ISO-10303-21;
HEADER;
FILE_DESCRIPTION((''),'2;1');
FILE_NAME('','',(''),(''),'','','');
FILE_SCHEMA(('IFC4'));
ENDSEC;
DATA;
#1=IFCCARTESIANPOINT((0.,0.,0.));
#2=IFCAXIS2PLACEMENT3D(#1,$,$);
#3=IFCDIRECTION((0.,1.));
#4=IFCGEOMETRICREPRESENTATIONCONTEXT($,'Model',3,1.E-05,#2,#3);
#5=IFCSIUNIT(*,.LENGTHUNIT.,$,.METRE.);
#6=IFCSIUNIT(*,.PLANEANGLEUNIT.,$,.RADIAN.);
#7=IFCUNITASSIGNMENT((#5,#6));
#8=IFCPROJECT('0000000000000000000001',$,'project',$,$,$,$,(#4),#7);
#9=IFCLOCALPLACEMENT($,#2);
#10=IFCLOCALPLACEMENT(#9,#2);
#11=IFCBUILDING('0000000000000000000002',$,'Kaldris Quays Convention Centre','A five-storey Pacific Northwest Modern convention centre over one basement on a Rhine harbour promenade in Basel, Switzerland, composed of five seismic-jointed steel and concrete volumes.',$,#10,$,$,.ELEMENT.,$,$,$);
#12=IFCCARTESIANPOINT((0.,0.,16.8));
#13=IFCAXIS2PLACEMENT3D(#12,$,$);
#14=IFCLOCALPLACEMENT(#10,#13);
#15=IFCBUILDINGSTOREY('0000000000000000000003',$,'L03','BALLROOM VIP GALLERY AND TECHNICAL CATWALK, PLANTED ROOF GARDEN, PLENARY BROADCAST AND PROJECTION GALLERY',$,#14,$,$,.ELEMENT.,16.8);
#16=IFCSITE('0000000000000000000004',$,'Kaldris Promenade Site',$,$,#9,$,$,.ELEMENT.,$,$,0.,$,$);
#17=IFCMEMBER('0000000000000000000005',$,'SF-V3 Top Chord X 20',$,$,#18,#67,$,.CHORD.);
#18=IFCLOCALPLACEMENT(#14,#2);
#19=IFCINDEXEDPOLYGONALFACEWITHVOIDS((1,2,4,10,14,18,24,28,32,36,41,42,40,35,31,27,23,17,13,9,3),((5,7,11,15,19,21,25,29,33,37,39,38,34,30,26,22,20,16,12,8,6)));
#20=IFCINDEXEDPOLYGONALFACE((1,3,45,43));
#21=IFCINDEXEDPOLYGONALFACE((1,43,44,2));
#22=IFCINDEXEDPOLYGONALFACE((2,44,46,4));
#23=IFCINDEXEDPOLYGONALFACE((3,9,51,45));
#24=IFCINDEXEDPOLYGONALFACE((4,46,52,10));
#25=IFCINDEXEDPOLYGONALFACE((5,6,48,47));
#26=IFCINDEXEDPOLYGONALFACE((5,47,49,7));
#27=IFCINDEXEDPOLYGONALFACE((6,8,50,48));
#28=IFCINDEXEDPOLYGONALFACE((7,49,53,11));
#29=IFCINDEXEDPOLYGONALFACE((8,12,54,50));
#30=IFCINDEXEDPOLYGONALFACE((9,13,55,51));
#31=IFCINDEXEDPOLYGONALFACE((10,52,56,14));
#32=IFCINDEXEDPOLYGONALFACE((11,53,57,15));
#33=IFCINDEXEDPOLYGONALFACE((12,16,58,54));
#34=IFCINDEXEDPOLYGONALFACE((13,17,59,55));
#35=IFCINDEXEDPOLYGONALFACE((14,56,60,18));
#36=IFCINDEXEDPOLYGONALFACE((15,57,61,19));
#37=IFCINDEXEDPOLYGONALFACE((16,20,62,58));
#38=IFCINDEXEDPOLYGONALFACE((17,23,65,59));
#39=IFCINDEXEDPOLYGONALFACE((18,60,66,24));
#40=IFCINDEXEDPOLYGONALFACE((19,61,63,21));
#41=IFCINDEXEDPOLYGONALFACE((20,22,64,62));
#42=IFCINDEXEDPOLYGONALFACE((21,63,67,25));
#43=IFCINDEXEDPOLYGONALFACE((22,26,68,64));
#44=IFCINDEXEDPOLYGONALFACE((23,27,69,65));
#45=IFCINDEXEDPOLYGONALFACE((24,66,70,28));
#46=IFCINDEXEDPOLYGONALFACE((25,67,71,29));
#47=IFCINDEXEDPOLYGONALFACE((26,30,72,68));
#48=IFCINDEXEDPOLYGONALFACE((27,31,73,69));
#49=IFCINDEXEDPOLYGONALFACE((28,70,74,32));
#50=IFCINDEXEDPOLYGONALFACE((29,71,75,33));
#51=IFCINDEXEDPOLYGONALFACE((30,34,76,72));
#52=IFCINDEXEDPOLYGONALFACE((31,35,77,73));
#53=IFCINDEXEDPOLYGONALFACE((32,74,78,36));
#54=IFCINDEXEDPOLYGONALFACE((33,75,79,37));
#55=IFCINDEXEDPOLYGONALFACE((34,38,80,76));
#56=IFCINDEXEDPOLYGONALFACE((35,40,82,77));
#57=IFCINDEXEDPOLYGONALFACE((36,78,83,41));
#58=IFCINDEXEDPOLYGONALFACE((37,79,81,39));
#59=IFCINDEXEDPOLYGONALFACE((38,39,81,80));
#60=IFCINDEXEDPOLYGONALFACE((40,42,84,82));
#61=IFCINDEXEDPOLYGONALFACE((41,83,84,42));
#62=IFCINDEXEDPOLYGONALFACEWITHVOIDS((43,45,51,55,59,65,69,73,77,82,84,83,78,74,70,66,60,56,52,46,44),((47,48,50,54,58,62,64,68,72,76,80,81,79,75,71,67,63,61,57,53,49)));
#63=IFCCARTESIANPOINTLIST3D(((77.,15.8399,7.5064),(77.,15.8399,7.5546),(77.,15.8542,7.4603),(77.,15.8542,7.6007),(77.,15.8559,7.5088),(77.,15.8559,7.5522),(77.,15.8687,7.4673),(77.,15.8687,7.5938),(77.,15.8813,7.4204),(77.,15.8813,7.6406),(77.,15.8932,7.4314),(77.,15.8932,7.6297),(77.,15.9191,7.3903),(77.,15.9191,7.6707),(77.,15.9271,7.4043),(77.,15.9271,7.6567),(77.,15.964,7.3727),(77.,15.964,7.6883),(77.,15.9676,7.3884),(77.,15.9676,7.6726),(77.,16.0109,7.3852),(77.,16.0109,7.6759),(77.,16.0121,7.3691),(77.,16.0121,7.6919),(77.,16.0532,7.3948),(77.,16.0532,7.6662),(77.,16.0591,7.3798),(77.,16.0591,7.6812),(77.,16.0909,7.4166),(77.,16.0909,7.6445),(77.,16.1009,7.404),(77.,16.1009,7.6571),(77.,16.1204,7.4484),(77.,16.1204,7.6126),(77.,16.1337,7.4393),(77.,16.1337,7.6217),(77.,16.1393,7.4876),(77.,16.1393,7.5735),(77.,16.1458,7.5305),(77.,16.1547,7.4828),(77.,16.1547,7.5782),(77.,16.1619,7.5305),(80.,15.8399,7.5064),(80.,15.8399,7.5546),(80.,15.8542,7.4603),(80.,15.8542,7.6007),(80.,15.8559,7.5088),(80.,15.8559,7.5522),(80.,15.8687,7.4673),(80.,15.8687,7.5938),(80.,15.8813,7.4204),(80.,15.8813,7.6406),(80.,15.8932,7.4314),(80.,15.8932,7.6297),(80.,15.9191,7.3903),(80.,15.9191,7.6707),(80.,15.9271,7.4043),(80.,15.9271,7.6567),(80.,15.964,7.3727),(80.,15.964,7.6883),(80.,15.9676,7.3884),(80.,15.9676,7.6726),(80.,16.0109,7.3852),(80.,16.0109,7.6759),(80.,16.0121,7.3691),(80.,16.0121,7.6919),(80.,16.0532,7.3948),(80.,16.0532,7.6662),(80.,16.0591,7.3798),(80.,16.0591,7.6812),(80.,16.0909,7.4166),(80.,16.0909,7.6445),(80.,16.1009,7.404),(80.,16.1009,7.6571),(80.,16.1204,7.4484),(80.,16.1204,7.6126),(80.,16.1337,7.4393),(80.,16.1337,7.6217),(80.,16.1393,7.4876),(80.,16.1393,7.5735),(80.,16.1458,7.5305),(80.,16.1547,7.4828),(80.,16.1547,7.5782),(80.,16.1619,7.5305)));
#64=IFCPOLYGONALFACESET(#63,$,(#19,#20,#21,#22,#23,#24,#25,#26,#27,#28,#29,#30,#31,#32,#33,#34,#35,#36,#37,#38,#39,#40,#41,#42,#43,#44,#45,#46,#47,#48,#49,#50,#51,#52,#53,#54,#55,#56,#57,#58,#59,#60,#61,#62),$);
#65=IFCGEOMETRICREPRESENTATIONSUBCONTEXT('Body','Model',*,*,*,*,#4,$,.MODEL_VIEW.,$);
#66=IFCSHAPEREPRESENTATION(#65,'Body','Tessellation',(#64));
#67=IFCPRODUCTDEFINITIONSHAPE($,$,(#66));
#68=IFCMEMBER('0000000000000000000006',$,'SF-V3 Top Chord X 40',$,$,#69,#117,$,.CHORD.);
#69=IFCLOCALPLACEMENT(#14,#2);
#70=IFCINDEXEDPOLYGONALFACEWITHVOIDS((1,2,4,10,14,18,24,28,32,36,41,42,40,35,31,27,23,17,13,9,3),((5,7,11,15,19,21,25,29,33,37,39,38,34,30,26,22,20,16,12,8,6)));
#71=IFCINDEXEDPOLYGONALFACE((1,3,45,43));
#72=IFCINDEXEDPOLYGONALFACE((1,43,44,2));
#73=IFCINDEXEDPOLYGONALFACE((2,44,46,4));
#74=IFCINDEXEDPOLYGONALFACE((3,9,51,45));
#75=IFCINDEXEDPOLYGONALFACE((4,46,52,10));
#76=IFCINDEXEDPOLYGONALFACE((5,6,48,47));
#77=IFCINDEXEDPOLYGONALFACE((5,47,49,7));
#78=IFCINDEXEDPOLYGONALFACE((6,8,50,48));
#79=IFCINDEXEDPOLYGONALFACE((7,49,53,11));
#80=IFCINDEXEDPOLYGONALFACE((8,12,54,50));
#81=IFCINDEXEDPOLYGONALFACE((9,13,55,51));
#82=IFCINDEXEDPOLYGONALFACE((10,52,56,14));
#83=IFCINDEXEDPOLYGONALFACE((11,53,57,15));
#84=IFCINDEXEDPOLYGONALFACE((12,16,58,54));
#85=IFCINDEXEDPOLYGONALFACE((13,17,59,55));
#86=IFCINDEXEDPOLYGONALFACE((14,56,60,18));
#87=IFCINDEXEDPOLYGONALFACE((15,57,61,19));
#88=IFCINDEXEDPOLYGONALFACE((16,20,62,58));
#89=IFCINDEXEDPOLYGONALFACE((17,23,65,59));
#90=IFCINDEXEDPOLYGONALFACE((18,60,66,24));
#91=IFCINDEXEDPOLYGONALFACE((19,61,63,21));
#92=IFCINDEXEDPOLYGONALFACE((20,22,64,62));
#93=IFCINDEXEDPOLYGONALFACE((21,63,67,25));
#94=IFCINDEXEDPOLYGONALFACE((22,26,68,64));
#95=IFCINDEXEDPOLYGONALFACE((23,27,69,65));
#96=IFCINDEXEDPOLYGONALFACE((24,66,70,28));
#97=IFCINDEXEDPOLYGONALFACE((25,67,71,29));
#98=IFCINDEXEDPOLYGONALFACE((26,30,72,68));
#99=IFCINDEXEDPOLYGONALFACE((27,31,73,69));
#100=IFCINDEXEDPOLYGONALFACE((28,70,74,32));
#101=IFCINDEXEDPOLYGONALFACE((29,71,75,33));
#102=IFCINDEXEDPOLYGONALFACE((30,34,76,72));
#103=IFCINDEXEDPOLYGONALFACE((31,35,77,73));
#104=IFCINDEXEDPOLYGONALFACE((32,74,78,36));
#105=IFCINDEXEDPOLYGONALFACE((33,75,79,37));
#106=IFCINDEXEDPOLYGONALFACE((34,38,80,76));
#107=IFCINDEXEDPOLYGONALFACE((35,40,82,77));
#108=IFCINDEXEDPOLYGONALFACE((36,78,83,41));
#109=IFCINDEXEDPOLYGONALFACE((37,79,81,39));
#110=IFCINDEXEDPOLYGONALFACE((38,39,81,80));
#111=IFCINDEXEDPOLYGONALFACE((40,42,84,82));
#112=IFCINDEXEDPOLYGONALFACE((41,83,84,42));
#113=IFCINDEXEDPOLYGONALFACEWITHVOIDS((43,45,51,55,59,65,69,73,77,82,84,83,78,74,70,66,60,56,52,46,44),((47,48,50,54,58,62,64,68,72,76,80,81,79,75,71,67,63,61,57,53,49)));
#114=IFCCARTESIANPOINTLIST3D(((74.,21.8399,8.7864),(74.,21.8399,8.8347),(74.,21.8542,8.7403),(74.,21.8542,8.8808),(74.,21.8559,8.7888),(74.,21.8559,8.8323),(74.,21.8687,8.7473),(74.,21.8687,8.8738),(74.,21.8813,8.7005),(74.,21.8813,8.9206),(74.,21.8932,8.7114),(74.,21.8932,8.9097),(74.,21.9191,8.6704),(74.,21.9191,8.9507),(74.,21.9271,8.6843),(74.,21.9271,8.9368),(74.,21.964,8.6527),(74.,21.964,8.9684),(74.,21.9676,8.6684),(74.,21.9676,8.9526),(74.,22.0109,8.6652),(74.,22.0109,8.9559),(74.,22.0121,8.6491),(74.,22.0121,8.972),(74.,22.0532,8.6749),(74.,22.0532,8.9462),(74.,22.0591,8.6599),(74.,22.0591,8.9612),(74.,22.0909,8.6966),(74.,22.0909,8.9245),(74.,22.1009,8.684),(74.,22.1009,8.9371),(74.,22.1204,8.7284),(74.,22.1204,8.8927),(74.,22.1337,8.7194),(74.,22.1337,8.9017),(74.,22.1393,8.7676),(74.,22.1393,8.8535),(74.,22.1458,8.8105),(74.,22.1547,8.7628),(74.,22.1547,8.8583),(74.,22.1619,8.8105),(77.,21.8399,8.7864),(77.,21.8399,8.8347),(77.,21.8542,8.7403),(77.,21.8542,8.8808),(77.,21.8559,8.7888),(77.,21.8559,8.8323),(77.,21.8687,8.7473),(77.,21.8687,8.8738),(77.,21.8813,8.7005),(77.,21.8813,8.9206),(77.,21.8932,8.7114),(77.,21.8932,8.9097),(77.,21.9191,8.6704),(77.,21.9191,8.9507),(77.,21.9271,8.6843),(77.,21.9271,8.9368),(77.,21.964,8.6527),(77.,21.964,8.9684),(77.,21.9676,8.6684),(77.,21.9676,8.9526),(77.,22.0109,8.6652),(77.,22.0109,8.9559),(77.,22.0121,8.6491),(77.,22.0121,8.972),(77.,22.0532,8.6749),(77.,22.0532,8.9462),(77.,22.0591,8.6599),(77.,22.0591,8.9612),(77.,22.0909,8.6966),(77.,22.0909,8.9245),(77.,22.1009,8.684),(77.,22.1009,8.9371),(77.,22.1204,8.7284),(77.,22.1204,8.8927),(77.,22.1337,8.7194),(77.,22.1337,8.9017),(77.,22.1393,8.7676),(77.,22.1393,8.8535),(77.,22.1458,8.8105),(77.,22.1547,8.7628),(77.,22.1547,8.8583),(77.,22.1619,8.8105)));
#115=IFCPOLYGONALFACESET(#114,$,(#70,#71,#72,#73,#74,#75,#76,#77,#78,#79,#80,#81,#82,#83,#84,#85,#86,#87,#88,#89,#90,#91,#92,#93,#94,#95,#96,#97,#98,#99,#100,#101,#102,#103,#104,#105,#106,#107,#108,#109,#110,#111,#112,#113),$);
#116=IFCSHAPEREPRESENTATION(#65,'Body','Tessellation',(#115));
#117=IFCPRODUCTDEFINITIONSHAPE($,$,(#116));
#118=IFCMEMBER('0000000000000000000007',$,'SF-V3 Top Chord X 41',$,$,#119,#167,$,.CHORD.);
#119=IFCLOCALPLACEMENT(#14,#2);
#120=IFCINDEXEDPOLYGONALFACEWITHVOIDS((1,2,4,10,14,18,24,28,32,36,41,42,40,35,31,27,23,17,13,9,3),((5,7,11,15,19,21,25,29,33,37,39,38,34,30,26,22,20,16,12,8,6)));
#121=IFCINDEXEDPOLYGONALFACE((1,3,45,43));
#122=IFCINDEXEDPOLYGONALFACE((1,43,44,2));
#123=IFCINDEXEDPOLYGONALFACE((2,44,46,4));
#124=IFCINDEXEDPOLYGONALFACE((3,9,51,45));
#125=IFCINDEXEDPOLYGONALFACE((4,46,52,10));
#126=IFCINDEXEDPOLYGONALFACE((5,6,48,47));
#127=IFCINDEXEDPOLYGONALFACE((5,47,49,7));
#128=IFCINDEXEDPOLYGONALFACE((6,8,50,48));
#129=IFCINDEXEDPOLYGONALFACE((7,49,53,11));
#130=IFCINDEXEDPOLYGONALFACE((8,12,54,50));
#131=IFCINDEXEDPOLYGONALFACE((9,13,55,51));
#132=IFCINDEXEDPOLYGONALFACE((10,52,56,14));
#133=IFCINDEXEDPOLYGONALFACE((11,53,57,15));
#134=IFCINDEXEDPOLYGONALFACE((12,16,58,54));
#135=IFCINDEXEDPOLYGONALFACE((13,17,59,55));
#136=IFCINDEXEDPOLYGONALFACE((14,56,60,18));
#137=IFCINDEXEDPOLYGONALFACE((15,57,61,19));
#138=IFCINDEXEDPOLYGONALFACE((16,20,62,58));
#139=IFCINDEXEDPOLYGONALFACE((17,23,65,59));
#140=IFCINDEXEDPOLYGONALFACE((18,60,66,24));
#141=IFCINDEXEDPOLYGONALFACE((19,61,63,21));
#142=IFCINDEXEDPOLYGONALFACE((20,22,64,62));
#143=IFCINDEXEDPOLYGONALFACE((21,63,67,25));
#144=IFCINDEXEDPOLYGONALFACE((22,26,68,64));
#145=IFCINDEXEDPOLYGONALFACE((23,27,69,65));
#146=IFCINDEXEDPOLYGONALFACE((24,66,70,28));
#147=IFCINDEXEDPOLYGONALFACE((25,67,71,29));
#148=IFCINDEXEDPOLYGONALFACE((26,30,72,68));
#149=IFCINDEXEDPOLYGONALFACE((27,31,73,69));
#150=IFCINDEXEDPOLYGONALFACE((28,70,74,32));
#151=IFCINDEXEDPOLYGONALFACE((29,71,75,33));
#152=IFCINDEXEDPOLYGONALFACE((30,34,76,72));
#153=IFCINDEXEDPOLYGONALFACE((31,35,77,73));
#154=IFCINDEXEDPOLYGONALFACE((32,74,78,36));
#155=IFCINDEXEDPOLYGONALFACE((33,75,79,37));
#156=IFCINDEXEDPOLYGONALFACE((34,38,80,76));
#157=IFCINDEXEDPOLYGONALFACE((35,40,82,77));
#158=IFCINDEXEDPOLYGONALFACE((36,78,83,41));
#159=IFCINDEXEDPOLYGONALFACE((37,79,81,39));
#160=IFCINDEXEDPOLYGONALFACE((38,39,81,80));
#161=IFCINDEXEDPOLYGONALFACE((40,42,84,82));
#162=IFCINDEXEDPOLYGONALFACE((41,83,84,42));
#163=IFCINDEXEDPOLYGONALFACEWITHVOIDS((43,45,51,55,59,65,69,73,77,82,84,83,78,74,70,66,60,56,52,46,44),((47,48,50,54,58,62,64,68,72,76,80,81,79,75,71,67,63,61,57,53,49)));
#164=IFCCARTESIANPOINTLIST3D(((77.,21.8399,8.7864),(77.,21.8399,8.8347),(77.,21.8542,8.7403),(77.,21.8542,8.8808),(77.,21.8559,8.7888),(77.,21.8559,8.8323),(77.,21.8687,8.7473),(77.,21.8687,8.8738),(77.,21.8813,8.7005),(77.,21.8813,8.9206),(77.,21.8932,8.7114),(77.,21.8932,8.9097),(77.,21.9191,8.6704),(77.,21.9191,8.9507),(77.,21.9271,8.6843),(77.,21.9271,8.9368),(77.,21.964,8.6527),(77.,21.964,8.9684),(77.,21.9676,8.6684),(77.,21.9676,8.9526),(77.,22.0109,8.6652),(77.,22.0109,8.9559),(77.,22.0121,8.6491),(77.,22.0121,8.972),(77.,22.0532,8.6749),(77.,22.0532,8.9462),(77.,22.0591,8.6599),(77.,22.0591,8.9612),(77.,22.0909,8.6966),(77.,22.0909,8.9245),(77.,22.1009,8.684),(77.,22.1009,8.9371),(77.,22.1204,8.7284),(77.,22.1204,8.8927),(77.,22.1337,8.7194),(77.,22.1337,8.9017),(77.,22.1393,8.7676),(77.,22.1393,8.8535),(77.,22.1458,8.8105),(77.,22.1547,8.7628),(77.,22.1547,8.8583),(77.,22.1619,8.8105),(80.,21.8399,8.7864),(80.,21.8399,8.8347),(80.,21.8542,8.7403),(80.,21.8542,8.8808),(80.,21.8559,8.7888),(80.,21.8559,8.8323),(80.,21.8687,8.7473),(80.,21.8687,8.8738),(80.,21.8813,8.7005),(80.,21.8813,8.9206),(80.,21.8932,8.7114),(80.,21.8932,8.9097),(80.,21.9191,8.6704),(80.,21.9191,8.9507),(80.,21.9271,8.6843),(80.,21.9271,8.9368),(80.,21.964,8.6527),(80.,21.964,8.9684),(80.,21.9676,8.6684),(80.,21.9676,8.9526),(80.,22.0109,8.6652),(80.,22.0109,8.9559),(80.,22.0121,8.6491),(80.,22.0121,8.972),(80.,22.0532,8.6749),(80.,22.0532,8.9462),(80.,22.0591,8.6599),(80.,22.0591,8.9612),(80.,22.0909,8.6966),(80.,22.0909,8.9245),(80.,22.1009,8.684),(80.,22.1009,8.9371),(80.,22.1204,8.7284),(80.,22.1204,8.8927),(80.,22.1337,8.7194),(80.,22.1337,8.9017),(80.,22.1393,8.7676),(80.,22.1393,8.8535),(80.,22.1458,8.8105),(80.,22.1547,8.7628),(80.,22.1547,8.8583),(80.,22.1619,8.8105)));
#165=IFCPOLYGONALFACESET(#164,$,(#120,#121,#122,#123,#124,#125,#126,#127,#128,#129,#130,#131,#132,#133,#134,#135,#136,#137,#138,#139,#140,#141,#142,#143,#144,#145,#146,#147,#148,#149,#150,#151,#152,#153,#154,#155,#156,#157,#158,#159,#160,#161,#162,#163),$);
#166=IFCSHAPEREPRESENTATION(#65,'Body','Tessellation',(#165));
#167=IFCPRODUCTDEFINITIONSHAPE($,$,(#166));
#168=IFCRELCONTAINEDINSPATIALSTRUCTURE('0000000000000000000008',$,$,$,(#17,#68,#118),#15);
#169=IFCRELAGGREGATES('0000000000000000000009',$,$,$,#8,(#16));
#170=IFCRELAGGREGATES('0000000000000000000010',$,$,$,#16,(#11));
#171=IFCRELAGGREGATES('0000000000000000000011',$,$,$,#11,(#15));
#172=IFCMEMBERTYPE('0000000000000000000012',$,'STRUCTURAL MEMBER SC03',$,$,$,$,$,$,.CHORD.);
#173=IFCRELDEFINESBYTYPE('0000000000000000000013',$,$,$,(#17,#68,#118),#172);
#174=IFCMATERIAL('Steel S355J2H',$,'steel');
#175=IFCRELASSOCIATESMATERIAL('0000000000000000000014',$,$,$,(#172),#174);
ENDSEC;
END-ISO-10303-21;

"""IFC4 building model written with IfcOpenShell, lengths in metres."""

from ifc_helpers import new_model, si_unit, direction, frame, origin, origin_2d, place, context, subcontext, project, spatial, hollow_circle, extrude, material, material_profile, profile_set, type_object, element, save


model = new_model("IFC4")

# Units and contexts
model_context = context("Model", 3, precision=1e-05, world=origin(), true_north=direction((0.0, 1.0)))
body_context = subcontext(model_context, "Body", "Model", "MODEL_VIEW")
ifc_project = project(units=[si_unit("LENGTHUNIT", "METRE"), si_unit("PLANEANGLEUNIT", "RADIAN")], contexts=[model_context])

# Site, building, storey
site_placement = place(None, origin())
site = spatial("IfcSite", under=ifc_project, at=site_placement, Name="Kaldris Promenade Site", CompositionType="ELEMENT", RefElevation=0.0)
building_placement = place(site_placement, origin())
building = spatial("IfcBuilding", under=site, at=building_placement, Name="Kaldris Quays Convention Centre", Description="A five-storey Pacific Northwest Modern convention centre over one basement on a Rhine harbour promenade in Basel, Switzerland, composed of five seismic-jointed steel and concrete volumes.", CompositionType="ELEMENT")
storey_placement = place(building_placement, frame((0.0, 0.0, 16.8)))
storey = spatial("IfcBuildingStorey", under=building, at=storey_placement, Name="L03", Description="BALLROOM VIP GALLERY AND TECHNICAL CATWALK, PLANTED ROOF GARDEN, PLENARY BROADCAST AND PROJECTION GALLERY", CompositionType="ELEMENT", Elevation=16.8)

# Members
ifc_material_1 = material(Name="Steel S355J2H", Category="steel")
ifc_material_profile_1 = material_profile(ifc_material_1, hollow_circle(Radius=0.1619, WallThickness=0.0161, at=origin_2d()), Name="CHS 323.9x16")
ifc_profile_set_1 = profile_set([ifc_material_profile_1], Name="Steel S355J2H")
member_type_1 = type_object("IfcMemberType", Name="STRUCTURAL MEMBER SC03", PredefinedType="CHORD", material=ifc_profile_set_1)
for number, where, z_axis, x_axis, name in (
    (1, (77.0, 16.0, 7.5305), (1.0, 0.0, 0.0), (0.0, 1.0, 0.0), "SF-V3 Top Chord X 20"),
    (2, (74.0, 22.0, 8.8105), (1.0, 0.0, 0.0), (0.0, 1.0, 0.0), "SF-V3 Top Chord X 40"),
    (3, (77.0, 22.0, 8.8105), (1.0, 0.0, 0.0), (0.0, 1.0, 0.0), "SF-V3 Top Chord X 41"),
):
    element("IfcMember", number, at=place(storey_placement, frame(where, z_axis=z_axis, x_axis=x_axis)), inside=storey, type_object=member_type_1, Name=name, PredefinedType="CHORD", context=body_context, shape_type="SweptSolid", body=[
        extrude(hollow_circle(Radius=0.1619, WallThickness=0.0161, at=origin_2d()), origin(), (0.0, 0.0, 1.0), 3.0),
    ])

save(model, "model.ifc")
